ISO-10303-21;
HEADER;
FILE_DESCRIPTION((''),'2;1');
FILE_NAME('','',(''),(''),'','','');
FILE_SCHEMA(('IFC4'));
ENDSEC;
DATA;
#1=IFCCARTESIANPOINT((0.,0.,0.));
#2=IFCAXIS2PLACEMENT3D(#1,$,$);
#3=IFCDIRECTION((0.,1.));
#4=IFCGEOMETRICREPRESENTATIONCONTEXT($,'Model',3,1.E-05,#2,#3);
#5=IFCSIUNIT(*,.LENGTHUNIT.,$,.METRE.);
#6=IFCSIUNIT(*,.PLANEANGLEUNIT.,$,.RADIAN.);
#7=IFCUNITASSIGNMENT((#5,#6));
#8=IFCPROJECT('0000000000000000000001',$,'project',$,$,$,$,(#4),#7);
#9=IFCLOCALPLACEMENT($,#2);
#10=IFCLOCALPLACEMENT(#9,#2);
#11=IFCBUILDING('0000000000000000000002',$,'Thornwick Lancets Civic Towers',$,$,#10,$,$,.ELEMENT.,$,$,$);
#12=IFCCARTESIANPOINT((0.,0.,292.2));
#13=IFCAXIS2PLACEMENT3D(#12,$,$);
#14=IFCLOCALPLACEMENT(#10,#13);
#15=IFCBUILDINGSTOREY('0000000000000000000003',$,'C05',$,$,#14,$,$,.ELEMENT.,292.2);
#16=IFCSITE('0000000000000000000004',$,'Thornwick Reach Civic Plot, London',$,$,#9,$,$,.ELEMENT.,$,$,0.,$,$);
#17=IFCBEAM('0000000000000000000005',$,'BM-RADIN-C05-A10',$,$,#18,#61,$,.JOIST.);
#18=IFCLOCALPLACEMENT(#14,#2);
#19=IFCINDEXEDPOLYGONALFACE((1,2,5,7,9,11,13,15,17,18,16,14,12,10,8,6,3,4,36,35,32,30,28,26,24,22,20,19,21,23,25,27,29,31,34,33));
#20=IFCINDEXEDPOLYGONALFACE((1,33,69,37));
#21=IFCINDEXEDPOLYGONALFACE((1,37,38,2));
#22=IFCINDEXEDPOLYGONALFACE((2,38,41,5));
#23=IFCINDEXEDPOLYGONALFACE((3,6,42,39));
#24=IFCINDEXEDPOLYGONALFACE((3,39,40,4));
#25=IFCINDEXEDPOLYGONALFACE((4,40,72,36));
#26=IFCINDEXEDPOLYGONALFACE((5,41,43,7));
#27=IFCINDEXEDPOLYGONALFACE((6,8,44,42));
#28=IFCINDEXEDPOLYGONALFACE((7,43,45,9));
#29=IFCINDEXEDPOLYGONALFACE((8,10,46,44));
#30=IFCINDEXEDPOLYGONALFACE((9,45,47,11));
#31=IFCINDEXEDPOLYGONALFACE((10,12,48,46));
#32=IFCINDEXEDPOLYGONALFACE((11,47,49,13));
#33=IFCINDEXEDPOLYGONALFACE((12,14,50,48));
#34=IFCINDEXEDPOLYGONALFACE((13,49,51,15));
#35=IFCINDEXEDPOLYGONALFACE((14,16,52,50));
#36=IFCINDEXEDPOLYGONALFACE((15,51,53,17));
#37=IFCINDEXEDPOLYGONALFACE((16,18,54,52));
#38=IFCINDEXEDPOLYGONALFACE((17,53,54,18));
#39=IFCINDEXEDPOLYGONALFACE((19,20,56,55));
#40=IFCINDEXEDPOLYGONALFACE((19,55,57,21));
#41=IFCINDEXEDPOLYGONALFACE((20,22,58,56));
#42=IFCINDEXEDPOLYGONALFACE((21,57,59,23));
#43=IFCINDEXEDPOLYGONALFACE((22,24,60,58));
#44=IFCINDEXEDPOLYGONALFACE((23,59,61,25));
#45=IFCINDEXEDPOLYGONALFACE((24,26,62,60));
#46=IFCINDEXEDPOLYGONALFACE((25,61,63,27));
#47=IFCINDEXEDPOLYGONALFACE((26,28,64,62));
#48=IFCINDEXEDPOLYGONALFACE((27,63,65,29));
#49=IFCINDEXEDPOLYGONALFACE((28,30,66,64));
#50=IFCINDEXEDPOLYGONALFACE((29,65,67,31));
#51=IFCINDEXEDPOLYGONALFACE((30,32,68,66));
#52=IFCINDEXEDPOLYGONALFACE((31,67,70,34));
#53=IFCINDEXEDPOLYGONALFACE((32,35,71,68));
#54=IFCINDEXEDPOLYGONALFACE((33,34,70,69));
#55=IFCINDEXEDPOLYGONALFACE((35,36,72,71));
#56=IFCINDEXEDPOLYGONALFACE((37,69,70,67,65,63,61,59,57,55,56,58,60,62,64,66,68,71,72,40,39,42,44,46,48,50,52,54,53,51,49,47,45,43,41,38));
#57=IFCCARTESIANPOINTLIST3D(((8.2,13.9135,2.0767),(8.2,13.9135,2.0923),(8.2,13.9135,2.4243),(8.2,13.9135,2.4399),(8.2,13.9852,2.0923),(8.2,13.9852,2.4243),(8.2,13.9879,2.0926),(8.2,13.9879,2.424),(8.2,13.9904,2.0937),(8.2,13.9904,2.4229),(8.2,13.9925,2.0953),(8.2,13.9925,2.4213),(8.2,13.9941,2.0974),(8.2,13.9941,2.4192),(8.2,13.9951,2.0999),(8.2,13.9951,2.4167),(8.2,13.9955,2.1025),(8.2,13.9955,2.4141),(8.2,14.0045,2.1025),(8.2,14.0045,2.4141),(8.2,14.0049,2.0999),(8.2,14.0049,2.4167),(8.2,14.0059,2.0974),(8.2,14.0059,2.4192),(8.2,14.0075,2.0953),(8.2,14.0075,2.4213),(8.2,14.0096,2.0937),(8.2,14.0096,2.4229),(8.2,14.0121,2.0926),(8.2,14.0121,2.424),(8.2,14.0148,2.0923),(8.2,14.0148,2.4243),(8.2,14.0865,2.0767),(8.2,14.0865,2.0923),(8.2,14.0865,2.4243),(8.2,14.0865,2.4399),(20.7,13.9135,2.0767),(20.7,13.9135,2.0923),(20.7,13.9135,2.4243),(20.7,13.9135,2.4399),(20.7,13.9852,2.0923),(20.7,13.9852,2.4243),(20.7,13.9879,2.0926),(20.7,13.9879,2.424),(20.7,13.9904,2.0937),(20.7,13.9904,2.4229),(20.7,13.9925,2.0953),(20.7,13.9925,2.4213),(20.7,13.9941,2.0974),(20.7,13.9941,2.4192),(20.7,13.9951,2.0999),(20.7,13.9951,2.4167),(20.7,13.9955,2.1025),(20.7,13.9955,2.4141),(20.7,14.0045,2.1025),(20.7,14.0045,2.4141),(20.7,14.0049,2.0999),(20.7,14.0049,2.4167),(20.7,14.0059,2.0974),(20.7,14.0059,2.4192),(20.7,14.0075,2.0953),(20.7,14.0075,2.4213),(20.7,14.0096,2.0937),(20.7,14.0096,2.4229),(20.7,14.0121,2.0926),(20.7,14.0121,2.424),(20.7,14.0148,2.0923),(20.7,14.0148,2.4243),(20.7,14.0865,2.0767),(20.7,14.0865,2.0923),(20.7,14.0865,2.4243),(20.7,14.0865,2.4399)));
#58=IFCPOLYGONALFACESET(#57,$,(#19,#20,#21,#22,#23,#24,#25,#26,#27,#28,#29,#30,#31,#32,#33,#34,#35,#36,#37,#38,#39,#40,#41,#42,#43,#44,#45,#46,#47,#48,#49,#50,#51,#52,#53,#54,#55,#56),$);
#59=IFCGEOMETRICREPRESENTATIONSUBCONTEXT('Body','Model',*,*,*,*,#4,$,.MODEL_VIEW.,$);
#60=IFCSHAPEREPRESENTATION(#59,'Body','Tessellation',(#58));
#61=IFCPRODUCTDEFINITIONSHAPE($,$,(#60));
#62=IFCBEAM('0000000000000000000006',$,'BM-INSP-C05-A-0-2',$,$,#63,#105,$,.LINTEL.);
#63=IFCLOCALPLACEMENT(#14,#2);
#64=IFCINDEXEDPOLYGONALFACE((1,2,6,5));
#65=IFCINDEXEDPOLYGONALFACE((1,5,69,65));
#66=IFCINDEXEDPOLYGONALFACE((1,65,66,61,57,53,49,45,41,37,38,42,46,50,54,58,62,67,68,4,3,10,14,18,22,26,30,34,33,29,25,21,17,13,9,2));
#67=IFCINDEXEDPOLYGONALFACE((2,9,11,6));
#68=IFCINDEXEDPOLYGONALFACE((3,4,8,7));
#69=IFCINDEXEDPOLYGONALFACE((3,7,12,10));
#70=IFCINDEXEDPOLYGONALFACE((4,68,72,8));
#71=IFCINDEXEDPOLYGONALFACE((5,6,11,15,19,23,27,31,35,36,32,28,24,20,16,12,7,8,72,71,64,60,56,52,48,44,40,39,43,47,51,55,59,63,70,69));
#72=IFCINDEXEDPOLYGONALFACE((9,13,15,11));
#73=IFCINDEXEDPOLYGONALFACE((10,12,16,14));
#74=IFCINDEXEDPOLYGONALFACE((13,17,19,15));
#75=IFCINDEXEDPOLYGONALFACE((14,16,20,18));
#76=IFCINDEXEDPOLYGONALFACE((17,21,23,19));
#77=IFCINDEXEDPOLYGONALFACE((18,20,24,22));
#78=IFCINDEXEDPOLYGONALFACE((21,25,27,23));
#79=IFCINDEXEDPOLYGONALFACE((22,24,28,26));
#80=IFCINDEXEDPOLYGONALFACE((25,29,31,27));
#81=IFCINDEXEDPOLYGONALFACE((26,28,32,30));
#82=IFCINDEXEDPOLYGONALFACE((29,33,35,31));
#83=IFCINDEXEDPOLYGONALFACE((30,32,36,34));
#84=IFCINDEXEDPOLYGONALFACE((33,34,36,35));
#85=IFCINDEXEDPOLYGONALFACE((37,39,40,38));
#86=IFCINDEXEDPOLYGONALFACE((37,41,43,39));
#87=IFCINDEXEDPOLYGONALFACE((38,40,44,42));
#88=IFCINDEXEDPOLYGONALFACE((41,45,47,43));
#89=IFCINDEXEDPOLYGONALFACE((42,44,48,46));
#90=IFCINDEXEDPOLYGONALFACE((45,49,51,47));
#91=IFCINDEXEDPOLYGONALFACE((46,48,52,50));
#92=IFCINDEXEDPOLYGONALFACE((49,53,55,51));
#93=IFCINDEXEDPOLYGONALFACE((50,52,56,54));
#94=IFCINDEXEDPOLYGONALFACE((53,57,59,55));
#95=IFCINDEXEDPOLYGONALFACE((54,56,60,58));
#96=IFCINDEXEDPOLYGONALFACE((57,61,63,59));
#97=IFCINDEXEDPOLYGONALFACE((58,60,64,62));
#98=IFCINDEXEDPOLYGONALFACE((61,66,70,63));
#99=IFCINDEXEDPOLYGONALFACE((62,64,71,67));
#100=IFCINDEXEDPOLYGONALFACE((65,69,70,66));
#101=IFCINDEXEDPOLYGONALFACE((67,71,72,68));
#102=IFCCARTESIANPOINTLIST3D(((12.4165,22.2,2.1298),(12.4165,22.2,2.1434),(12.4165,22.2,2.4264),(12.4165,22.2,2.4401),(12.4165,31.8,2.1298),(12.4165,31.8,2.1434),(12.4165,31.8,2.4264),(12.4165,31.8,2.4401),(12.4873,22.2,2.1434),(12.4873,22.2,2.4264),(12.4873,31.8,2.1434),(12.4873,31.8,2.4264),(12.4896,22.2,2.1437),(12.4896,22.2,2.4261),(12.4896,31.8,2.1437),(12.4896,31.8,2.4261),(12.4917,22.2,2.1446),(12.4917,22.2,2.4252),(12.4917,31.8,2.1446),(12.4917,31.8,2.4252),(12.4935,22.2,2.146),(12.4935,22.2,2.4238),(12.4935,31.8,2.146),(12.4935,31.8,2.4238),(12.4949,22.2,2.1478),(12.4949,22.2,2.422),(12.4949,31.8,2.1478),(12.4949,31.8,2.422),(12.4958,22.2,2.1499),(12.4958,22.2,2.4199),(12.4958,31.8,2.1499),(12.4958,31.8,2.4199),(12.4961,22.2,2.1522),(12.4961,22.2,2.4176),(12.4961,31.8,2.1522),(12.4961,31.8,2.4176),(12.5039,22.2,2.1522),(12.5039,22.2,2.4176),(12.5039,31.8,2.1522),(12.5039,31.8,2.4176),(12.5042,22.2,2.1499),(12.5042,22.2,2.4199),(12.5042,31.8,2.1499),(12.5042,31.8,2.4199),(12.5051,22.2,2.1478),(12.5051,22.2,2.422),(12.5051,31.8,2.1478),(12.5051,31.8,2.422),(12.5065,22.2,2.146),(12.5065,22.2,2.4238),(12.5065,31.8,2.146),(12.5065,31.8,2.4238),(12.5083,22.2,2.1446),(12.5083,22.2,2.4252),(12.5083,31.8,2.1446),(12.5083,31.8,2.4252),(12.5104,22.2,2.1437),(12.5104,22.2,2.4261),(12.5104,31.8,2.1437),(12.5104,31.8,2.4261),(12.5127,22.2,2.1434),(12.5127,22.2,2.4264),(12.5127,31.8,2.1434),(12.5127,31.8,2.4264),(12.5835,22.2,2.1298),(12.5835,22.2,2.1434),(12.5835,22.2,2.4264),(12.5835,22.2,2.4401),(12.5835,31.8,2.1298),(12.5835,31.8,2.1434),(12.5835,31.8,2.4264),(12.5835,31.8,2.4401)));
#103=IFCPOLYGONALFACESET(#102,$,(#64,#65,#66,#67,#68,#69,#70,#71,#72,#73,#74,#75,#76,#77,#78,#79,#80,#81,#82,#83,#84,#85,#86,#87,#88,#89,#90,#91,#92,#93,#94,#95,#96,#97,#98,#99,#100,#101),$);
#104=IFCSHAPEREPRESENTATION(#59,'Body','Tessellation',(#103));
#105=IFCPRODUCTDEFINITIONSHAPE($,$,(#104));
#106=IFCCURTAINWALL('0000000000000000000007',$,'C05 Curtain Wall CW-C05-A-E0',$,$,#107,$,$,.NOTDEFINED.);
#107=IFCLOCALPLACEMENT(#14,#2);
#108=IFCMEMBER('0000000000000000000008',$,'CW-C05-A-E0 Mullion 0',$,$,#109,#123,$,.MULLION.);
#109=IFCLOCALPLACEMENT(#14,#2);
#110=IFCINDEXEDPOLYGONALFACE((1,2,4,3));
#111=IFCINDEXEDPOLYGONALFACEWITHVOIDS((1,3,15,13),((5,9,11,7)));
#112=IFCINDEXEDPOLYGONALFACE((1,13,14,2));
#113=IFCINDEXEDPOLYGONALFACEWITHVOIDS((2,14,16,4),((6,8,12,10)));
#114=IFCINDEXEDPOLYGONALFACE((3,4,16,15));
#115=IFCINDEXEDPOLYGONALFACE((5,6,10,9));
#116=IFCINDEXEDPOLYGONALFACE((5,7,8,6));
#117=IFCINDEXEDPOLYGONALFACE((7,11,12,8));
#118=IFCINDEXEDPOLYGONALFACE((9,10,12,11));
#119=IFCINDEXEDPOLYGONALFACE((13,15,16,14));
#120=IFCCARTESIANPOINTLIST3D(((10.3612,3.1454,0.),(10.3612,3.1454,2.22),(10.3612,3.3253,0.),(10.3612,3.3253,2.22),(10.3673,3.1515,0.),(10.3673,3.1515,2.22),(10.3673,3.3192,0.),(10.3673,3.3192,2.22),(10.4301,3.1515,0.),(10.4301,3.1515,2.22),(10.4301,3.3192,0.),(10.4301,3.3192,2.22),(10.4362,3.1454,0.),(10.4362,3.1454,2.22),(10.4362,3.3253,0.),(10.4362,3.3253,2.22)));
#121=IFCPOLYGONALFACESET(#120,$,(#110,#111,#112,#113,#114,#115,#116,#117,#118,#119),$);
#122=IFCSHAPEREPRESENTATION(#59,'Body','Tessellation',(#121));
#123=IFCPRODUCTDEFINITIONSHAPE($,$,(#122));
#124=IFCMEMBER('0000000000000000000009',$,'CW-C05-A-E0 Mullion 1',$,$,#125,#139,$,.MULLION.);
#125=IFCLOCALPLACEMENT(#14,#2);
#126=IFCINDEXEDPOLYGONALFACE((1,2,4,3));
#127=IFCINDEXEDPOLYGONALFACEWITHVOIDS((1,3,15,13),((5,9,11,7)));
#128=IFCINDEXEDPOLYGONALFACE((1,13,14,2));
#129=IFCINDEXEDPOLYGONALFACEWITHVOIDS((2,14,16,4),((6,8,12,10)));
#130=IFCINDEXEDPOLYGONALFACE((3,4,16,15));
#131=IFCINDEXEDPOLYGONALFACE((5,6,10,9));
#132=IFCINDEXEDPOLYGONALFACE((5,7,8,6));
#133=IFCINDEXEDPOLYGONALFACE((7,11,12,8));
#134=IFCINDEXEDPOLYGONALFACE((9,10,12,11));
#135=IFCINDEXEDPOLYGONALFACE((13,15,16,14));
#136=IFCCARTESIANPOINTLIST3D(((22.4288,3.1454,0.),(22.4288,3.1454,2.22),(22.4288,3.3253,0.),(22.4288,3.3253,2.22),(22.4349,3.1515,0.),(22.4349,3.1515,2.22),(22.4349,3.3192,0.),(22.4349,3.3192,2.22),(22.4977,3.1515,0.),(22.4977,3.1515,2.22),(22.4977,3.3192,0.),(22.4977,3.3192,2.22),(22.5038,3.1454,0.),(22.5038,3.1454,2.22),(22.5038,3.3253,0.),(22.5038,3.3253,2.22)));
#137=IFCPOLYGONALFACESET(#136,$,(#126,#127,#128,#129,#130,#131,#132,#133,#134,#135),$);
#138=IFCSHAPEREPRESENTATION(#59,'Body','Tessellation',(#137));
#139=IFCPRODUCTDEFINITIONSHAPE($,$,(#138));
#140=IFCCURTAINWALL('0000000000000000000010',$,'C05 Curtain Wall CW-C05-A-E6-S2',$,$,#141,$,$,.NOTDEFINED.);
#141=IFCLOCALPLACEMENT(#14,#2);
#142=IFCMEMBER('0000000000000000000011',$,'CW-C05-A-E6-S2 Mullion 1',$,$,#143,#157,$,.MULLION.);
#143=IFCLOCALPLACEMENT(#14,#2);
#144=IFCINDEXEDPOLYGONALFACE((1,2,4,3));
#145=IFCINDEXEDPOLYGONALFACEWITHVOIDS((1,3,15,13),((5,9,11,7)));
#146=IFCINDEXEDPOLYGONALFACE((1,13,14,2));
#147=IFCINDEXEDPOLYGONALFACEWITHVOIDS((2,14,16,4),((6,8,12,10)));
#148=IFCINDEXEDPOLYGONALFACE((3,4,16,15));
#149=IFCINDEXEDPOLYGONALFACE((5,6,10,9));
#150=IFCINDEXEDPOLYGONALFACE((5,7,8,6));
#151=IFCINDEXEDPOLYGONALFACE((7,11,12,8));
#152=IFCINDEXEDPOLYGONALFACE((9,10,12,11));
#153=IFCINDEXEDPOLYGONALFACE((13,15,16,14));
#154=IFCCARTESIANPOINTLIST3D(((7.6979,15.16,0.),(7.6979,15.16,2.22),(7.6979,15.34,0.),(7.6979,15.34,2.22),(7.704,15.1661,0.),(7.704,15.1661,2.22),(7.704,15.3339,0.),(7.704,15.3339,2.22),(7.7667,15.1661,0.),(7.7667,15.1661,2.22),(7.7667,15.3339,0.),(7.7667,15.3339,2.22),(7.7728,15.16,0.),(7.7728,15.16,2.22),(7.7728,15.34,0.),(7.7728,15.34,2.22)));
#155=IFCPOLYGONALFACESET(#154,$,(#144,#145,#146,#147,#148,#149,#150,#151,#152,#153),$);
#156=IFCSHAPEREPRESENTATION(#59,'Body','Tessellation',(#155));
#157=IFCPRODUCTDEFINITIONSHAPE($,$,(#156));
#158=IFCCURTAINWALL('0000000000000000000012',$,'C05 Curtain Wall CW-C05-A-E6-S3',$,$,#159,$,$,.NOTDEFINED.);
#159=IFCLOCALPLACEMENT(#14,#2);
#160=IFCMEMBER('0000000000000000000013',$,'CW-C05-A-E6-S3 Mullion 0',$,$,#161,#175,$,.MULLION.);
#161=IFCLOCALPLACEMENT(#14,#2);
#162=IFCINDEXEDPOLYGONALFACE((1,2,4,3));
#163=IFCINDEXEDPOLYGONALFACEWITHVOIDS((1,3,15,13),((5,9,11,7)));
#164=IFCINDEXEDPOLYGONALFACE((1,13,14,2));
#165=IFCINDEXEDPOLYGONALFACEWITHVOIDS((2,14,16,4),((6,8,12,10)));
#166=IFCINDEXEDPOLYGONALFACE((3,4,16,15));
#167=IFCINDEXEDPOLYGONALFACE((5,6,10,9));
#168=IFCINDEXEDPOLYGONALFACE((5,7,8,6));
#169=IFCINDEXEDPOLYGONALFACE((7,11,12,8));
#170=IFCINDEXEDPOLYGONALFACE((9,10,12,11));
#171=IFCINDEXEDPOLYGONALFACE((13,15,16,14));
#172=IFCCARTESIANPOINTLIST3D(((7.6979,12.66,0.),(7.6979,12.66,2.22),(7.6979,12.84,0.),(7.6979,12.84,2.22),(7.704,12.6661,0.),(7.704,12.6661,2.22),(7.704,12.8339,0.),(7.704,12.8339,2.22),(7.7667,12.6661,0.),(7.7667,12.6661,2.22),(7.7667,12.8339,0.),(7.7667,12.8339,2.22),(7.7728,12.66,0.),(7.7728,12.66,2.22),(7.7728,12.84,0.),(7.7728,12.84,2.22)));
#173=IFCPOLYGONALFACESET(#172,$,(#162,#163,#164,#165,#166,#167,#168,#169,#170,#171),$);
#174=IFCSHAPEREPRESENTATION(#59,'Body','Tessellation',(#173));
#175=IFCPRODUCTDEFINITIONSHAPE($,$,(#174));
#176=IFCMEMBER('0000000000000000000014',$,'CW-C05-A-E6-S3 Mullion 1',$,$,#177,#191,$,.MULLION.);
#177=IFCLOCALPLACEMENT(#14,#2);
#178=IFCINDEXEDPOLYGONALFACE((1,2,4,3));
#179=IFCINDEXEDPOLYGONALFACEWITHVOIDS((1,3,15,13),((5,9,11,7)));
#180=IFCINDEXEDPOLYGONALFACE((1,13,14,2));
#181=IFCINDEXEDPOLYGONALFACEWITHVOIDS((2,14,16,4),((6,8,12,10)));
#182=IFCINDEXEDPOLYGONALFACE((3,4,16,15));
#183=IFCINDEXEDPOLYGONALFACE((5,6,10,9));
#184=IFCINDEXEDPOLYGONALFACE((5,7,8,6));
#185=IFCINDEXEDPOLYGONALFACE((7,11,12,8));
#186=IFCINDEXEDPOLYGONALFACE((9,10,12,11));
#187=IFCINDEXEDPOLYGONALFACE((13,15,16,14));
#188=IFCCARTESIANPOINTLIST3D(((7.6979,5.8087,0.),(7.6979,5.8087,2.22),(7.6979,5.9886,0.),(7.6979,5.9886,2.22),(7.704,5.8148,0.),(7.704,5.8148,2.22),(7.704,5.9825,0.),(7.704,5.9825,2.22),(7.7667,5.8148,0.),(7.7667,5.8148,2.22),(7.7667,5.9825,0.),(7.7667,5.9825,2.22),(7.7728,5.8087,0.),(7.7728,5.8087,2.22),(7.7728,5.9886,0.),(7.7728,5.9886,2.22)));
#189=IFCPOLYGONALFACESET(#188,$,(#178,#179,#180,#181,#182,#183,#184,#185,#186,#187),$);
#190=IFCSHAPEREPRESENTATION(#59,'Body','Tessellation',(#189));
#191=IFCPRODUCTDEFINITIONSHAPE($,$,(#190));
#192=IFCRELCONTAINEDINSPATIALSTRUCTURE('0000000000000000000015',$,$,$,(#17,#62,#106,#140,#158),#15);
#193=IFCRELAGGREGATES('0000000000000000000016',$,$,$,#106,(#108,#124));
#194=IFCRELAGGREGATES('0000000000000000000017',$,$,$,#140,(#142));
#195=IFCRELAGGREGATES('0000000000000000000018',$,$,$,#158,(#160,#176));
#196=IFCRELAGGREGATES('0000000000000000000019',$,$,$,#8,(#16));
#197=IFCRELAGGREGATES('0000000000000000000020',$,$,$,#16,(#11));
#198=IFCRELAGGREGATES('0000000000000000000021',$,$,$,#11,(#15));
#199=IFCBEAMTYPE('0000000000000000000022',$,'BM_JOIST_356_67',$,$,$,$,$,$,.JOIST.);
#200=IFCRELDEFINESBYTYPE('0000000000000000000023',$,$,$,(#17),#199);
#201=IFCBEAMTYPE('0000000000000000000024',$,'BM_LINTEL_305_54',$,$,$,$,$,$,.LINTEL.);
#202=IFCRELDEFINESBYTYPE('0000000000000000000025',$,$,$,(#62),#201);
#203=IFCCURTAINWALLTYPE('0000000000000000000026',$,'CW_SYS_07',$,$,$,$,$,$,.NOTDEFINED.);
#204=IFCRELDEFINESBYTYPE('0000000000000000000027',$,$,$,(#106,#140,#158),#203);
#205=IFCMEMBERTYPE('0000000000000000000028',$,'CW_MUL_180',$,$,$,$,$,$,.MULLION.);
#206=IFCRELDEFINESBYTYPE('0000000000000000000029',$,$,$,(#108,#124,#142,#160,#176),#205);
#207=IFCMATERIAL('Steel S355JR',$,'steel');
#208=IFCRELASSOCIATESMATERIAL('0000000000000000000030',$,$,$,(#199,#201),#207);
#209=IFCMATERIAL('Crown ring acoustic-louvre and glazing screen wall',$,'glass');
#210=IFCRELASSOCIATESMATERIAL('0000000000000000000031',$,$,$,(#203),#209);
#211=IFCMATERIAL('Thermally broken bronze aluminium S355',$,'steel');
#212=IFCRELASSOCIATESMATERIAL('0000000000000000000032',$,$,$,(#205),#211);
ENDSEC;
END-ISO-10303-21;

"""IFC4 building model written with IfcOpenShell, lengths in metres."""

from ifc_helpers import new_model, si_unit, direction, frame, origin, origin_2d, place, context, subcontext, project, spatial, hollow_rectangle, i_section, extrude, material, material_profile, profile_set, type_object, element, aggregate, save


model = new_model("IFC4")

# Units and contexts
model_context = context("Model", 3, precision=1e-05, world=origin(), true_north=direction((0.0, 1.0)))
body_context = subcontext(model_context, "Body", "Model", "MODEL_VIEW")
ifc_project = project(units=[si_unit("LENGTHUNIT", "METRE"), si_unit("PLANEANGLEUNIT", "RADIAN")], contexts=[model_context])

# Site, building, storey
site_placement = place(None, origin())
site = spatial("IfcSite", under=ifc_project, at=site_placement, Name="Thornwick Reach Civic Plot, London", CompositionType="ELEMENT", RefElevation=0.0)
building_placement = place(site_placement, origin())
building = spatial("IfcBuilding", under=site, at=building_placement, Name="Thornwick Lancets Civic Towers", CompositionType="ELEMENT")
storey_placement = place(building_placement, frame((0.0, 0.0, 292.2)))
storey = spatial("IfcBuildingStorey", under=building, at=storey_placement, Name="C05", CompositionType="ELEMENT", Elevation=292.2)

# Shared definitions
ifc_material_1 = material(Name="Steel S355JR", Category="steel")

# Beams
ifc_material_profile_1 = material_profile(ifc_material_1, i_section(OverallWidth=0.1731, OverallDepth=0.3633, WebThickness=0.009, FlangeThickness=0.0156, FilletRadius=0.0103, at=origin_2d()), Name="UKB 356x171x67")
ifc_profile_set_1 = profile_set([ifc_material_profile_1], Name="Steel S355JR")
beam_type_1 = type_object("IfcBeamType", Name="BM_JOIST_356_67", PredefinedType="JOIST", material=ifc_profile_set_1)
beam_1_placement = place(storey_placement, frame((20.7, 14.0, 2.2583), z_axis=(-1.0, 0.0, 0.0), x_axis=(0.0, -1.0, 0.0)))
element("IfcBeam", 1, at=beam_1_placement, inside=storey, type_object=beam_type_1, Name="BM-RADIN-C05-A10", PredefinedType="JOIST", context=body_context, shape_type="SweptSolid", body=[
    extrude(i_section(OverallWidth=0.1731, OverallDepth=0.3633, WebThickness=0.009, FlangeThickness=0.0156, FilletRadius=0.0103, at=origin_2d()), origin(), (0.0, 0.0, 1.0), 12.5),
])
ifc_material_profile_2 = material_profile(ifc_material_1, i_section(OverallWidth=0.167, OverallDepth=0.3103, WebThickness=0.0078, FlangeThickness=0.0137, FilletRadius=0.0088, at=origin_2d()), Name="UKB 305x165x54")
ifc_profile_set_2 = profile_set([ifc_material_profile_2], Name="Steel S355JR")
beam_type_2 = type_object("IfcBeamType", Name="BM_LINTEL_305_54", PredefinedType="LINTEL", material=ifc_profile_set_2)
beam_2_placement = place(storey_placement, frame((12.5, 22.2, 2.2849), z_axis=(0.0, 1.0, 0.0), x_axis=(-1.0, 0.0, 0.0)))
element("IfcBeam", 2, at=beam_2_placement, inside=storey, type_object=beam_type_2, Name="BM-INSP-C05-A-0-2", PredefinedType="LINTEL", context=body_context, shape_type="SweptSolid", body=[
    extrude(i_section(OverallWidth=0.167, OverallDepth=0.3103, WebThickness=0.0078, FlangeThickness=0.0137, FilletRadius=0.0088, at=origin_2d()), origin(), (0.0, 0.0, 1.0), 9.6001),
])

# Curtain wall, members
ifc_material_2 = material(Name="Crown ring acoustic-louvre and glazing screen wall", Category="glass")
curtain_wall_type = type_object("IfcCurtainWallType", Name="CW_SYS_07", PredefinedType="NOTDEFINED", material=ifc_material_2)
curtain_wall_1_placement = place(storey_placement, origin())
curtain_wall_1 = element("IfcCurtainWall", 3, at=curtain_wall_1_placement, inside=storey, type_object=curtain_wall_type, Name="C05 Curtain Wall CW-C05-A-E0", PredefinedType="NOTDEFINED")
ifc_material_3 = material(Name="Thermally broken bronze aluminium S355", Category="steel")
ifc_material_profile_3 = material_profile(ifc_material_3, hollow_rectangle(XDim=0.075, YDim=0.1799, WallThickness=0.0061, at=origin_2d()), Name="RHS 180x75x6")
ifc_profile_set_3 = profile_set([ifc_material_profile_3], Name="Thermally broken bronze aluminium S355")
member_type_1 = type_object("IfcMemberType", Name="CW_MUL_180", PredefinedType="MULLION", material=ifc_profile_set_3)
member_1_placement = place(storey_placement, frame((10.3987, 3.2354, 0.0), z_axis=(0.0, 0.0, 1.0), x_axis=(1.0, 0.0, 0.0)))
member_1 = element("IfcMember", 4, at=member_1_placement, type_object=member_type_1, Name="CW-C05-A-E0 Mullion 0", PredefinedType="MULLION", context=body_context, shape_type="SweptSolid", body=[
    extrude(hollow_rectangle(XDim=0.075, YDim=0.1799, WallThickness=0.0061, at=origin_2d()), origin(), (0.0, 0.0, 1.0), 2.22),
])
member_2_placement = place(storey_placement, frame((22.4663, 3.2354, 0.0), z_axis=(0.0, 0.0, 1.0), x_axis=(1.0, 0.0, 0.0)))
member_2 = element("IfcMember", 5, at=member_2_placement, type_object=member_type_1, Name="CW-C05-A-E0 Mullion 1", PredefinedType="MULLION", context=body_context, shape_type="SweptSolid", body=[
    extrude(hollow_rectangle(XDim=0.075, YDim=0.1799, WallThickness=0.0061, at=origin_2d()), origin(), (0.0, 0.0, 1.0), 2.22),
])

# Curtain wall, member
curtain_wall_2_placement = place(storey_placement, origin())
curtain_wall_2 = element("IfcCurtainWall", 6, at=curtain_wall_2_placement, inside=storey, type_object=curtain_wall_type, Name="C05 Curtain Wall CW-C05-A-E6-S2", PredefinedType="NOTDEFINED")
member_3_placement = place(storey_placement, frame((7.7354, 15.25, 0.0), z_axis=(0.0, 0.0, 1.0), x_axis=(1.0, 0.0, 0.0)))
member_3 = element("IfcMember", 7, at=member_3_placement, type_object=member_type_1, Name="CW-C05-A-E6-S2 Mullion 1", PredefinedType="MULLION", context=body_context, shape_type="SweptSolid", body=[
    extrude(hollow_rectangle(XDim=0.075, YDim=0.1799, WallThickness=0.0061, at=origin_2d()), origin(), (0.0, 0.0, 1.0), 2.22),
])

# Curtain wall, members
curtain_wall_3_placement = place(storey_placement, origin())
curtain_wall_3 = element("IfcCurtainWall", 8, at=curtain_wall_3_placement, inside=storey, type_object=curtain_wall_type, Name="C05 Curtain Wall CW-C05-A-E6-S3", PredefinedType="NOTDEFINED")
member_4_placement = place(storey_placement, frame((7.7354, 12.75, 0.0), z_axis=(0.0, 0.0, 1.0), x_axis=(1.0, 0.0, 0.0)))
member_4 = element("IfcMember", 9, at=member_4_placement, type_object=member_type_1, Name="CW-C05-A-E6-S3 Mullion 0", PredefinedType="MULLION", context=body_context, shape_type="SweptSolid", body=[
    extrude(hollow_rectangle(XDim=0.075, YDim=0.1799, WallThickness=0.0061, at=origin_2d()), origin(), (0.0, 0.0, 1.0), 2.22),
])
member_5_placement = place(storey_placement, frame((7.7354, 5.8987, 0.0), z_axis=(0.0, 0.0, 1.0), x_axis=(1.0, 0.0, 0.0)))
member_5 = element("IfcMember", 10, at=member_5_placement, type_object=member_type_1, Name="CW-C05-A-E6-S3 Mullion 1", PredefinedType="MULLION", context=body_context, shape_type="SweptSolid", body=[
    extrude(hollow_rectangle(XDim=0.075, YDim=0.1799, WallThickness=0.0061, at=origin_2d()), origin(), (0.0, 0.0, 1.0), 2.22),
])

aggregate(curtain_wall_1, [member_1, member_2])
aggregate(curtain_wall_2, [member_3])
aggregate(curtain_wall_3, [member_4, member_5])

save(model, "model.ifc")
